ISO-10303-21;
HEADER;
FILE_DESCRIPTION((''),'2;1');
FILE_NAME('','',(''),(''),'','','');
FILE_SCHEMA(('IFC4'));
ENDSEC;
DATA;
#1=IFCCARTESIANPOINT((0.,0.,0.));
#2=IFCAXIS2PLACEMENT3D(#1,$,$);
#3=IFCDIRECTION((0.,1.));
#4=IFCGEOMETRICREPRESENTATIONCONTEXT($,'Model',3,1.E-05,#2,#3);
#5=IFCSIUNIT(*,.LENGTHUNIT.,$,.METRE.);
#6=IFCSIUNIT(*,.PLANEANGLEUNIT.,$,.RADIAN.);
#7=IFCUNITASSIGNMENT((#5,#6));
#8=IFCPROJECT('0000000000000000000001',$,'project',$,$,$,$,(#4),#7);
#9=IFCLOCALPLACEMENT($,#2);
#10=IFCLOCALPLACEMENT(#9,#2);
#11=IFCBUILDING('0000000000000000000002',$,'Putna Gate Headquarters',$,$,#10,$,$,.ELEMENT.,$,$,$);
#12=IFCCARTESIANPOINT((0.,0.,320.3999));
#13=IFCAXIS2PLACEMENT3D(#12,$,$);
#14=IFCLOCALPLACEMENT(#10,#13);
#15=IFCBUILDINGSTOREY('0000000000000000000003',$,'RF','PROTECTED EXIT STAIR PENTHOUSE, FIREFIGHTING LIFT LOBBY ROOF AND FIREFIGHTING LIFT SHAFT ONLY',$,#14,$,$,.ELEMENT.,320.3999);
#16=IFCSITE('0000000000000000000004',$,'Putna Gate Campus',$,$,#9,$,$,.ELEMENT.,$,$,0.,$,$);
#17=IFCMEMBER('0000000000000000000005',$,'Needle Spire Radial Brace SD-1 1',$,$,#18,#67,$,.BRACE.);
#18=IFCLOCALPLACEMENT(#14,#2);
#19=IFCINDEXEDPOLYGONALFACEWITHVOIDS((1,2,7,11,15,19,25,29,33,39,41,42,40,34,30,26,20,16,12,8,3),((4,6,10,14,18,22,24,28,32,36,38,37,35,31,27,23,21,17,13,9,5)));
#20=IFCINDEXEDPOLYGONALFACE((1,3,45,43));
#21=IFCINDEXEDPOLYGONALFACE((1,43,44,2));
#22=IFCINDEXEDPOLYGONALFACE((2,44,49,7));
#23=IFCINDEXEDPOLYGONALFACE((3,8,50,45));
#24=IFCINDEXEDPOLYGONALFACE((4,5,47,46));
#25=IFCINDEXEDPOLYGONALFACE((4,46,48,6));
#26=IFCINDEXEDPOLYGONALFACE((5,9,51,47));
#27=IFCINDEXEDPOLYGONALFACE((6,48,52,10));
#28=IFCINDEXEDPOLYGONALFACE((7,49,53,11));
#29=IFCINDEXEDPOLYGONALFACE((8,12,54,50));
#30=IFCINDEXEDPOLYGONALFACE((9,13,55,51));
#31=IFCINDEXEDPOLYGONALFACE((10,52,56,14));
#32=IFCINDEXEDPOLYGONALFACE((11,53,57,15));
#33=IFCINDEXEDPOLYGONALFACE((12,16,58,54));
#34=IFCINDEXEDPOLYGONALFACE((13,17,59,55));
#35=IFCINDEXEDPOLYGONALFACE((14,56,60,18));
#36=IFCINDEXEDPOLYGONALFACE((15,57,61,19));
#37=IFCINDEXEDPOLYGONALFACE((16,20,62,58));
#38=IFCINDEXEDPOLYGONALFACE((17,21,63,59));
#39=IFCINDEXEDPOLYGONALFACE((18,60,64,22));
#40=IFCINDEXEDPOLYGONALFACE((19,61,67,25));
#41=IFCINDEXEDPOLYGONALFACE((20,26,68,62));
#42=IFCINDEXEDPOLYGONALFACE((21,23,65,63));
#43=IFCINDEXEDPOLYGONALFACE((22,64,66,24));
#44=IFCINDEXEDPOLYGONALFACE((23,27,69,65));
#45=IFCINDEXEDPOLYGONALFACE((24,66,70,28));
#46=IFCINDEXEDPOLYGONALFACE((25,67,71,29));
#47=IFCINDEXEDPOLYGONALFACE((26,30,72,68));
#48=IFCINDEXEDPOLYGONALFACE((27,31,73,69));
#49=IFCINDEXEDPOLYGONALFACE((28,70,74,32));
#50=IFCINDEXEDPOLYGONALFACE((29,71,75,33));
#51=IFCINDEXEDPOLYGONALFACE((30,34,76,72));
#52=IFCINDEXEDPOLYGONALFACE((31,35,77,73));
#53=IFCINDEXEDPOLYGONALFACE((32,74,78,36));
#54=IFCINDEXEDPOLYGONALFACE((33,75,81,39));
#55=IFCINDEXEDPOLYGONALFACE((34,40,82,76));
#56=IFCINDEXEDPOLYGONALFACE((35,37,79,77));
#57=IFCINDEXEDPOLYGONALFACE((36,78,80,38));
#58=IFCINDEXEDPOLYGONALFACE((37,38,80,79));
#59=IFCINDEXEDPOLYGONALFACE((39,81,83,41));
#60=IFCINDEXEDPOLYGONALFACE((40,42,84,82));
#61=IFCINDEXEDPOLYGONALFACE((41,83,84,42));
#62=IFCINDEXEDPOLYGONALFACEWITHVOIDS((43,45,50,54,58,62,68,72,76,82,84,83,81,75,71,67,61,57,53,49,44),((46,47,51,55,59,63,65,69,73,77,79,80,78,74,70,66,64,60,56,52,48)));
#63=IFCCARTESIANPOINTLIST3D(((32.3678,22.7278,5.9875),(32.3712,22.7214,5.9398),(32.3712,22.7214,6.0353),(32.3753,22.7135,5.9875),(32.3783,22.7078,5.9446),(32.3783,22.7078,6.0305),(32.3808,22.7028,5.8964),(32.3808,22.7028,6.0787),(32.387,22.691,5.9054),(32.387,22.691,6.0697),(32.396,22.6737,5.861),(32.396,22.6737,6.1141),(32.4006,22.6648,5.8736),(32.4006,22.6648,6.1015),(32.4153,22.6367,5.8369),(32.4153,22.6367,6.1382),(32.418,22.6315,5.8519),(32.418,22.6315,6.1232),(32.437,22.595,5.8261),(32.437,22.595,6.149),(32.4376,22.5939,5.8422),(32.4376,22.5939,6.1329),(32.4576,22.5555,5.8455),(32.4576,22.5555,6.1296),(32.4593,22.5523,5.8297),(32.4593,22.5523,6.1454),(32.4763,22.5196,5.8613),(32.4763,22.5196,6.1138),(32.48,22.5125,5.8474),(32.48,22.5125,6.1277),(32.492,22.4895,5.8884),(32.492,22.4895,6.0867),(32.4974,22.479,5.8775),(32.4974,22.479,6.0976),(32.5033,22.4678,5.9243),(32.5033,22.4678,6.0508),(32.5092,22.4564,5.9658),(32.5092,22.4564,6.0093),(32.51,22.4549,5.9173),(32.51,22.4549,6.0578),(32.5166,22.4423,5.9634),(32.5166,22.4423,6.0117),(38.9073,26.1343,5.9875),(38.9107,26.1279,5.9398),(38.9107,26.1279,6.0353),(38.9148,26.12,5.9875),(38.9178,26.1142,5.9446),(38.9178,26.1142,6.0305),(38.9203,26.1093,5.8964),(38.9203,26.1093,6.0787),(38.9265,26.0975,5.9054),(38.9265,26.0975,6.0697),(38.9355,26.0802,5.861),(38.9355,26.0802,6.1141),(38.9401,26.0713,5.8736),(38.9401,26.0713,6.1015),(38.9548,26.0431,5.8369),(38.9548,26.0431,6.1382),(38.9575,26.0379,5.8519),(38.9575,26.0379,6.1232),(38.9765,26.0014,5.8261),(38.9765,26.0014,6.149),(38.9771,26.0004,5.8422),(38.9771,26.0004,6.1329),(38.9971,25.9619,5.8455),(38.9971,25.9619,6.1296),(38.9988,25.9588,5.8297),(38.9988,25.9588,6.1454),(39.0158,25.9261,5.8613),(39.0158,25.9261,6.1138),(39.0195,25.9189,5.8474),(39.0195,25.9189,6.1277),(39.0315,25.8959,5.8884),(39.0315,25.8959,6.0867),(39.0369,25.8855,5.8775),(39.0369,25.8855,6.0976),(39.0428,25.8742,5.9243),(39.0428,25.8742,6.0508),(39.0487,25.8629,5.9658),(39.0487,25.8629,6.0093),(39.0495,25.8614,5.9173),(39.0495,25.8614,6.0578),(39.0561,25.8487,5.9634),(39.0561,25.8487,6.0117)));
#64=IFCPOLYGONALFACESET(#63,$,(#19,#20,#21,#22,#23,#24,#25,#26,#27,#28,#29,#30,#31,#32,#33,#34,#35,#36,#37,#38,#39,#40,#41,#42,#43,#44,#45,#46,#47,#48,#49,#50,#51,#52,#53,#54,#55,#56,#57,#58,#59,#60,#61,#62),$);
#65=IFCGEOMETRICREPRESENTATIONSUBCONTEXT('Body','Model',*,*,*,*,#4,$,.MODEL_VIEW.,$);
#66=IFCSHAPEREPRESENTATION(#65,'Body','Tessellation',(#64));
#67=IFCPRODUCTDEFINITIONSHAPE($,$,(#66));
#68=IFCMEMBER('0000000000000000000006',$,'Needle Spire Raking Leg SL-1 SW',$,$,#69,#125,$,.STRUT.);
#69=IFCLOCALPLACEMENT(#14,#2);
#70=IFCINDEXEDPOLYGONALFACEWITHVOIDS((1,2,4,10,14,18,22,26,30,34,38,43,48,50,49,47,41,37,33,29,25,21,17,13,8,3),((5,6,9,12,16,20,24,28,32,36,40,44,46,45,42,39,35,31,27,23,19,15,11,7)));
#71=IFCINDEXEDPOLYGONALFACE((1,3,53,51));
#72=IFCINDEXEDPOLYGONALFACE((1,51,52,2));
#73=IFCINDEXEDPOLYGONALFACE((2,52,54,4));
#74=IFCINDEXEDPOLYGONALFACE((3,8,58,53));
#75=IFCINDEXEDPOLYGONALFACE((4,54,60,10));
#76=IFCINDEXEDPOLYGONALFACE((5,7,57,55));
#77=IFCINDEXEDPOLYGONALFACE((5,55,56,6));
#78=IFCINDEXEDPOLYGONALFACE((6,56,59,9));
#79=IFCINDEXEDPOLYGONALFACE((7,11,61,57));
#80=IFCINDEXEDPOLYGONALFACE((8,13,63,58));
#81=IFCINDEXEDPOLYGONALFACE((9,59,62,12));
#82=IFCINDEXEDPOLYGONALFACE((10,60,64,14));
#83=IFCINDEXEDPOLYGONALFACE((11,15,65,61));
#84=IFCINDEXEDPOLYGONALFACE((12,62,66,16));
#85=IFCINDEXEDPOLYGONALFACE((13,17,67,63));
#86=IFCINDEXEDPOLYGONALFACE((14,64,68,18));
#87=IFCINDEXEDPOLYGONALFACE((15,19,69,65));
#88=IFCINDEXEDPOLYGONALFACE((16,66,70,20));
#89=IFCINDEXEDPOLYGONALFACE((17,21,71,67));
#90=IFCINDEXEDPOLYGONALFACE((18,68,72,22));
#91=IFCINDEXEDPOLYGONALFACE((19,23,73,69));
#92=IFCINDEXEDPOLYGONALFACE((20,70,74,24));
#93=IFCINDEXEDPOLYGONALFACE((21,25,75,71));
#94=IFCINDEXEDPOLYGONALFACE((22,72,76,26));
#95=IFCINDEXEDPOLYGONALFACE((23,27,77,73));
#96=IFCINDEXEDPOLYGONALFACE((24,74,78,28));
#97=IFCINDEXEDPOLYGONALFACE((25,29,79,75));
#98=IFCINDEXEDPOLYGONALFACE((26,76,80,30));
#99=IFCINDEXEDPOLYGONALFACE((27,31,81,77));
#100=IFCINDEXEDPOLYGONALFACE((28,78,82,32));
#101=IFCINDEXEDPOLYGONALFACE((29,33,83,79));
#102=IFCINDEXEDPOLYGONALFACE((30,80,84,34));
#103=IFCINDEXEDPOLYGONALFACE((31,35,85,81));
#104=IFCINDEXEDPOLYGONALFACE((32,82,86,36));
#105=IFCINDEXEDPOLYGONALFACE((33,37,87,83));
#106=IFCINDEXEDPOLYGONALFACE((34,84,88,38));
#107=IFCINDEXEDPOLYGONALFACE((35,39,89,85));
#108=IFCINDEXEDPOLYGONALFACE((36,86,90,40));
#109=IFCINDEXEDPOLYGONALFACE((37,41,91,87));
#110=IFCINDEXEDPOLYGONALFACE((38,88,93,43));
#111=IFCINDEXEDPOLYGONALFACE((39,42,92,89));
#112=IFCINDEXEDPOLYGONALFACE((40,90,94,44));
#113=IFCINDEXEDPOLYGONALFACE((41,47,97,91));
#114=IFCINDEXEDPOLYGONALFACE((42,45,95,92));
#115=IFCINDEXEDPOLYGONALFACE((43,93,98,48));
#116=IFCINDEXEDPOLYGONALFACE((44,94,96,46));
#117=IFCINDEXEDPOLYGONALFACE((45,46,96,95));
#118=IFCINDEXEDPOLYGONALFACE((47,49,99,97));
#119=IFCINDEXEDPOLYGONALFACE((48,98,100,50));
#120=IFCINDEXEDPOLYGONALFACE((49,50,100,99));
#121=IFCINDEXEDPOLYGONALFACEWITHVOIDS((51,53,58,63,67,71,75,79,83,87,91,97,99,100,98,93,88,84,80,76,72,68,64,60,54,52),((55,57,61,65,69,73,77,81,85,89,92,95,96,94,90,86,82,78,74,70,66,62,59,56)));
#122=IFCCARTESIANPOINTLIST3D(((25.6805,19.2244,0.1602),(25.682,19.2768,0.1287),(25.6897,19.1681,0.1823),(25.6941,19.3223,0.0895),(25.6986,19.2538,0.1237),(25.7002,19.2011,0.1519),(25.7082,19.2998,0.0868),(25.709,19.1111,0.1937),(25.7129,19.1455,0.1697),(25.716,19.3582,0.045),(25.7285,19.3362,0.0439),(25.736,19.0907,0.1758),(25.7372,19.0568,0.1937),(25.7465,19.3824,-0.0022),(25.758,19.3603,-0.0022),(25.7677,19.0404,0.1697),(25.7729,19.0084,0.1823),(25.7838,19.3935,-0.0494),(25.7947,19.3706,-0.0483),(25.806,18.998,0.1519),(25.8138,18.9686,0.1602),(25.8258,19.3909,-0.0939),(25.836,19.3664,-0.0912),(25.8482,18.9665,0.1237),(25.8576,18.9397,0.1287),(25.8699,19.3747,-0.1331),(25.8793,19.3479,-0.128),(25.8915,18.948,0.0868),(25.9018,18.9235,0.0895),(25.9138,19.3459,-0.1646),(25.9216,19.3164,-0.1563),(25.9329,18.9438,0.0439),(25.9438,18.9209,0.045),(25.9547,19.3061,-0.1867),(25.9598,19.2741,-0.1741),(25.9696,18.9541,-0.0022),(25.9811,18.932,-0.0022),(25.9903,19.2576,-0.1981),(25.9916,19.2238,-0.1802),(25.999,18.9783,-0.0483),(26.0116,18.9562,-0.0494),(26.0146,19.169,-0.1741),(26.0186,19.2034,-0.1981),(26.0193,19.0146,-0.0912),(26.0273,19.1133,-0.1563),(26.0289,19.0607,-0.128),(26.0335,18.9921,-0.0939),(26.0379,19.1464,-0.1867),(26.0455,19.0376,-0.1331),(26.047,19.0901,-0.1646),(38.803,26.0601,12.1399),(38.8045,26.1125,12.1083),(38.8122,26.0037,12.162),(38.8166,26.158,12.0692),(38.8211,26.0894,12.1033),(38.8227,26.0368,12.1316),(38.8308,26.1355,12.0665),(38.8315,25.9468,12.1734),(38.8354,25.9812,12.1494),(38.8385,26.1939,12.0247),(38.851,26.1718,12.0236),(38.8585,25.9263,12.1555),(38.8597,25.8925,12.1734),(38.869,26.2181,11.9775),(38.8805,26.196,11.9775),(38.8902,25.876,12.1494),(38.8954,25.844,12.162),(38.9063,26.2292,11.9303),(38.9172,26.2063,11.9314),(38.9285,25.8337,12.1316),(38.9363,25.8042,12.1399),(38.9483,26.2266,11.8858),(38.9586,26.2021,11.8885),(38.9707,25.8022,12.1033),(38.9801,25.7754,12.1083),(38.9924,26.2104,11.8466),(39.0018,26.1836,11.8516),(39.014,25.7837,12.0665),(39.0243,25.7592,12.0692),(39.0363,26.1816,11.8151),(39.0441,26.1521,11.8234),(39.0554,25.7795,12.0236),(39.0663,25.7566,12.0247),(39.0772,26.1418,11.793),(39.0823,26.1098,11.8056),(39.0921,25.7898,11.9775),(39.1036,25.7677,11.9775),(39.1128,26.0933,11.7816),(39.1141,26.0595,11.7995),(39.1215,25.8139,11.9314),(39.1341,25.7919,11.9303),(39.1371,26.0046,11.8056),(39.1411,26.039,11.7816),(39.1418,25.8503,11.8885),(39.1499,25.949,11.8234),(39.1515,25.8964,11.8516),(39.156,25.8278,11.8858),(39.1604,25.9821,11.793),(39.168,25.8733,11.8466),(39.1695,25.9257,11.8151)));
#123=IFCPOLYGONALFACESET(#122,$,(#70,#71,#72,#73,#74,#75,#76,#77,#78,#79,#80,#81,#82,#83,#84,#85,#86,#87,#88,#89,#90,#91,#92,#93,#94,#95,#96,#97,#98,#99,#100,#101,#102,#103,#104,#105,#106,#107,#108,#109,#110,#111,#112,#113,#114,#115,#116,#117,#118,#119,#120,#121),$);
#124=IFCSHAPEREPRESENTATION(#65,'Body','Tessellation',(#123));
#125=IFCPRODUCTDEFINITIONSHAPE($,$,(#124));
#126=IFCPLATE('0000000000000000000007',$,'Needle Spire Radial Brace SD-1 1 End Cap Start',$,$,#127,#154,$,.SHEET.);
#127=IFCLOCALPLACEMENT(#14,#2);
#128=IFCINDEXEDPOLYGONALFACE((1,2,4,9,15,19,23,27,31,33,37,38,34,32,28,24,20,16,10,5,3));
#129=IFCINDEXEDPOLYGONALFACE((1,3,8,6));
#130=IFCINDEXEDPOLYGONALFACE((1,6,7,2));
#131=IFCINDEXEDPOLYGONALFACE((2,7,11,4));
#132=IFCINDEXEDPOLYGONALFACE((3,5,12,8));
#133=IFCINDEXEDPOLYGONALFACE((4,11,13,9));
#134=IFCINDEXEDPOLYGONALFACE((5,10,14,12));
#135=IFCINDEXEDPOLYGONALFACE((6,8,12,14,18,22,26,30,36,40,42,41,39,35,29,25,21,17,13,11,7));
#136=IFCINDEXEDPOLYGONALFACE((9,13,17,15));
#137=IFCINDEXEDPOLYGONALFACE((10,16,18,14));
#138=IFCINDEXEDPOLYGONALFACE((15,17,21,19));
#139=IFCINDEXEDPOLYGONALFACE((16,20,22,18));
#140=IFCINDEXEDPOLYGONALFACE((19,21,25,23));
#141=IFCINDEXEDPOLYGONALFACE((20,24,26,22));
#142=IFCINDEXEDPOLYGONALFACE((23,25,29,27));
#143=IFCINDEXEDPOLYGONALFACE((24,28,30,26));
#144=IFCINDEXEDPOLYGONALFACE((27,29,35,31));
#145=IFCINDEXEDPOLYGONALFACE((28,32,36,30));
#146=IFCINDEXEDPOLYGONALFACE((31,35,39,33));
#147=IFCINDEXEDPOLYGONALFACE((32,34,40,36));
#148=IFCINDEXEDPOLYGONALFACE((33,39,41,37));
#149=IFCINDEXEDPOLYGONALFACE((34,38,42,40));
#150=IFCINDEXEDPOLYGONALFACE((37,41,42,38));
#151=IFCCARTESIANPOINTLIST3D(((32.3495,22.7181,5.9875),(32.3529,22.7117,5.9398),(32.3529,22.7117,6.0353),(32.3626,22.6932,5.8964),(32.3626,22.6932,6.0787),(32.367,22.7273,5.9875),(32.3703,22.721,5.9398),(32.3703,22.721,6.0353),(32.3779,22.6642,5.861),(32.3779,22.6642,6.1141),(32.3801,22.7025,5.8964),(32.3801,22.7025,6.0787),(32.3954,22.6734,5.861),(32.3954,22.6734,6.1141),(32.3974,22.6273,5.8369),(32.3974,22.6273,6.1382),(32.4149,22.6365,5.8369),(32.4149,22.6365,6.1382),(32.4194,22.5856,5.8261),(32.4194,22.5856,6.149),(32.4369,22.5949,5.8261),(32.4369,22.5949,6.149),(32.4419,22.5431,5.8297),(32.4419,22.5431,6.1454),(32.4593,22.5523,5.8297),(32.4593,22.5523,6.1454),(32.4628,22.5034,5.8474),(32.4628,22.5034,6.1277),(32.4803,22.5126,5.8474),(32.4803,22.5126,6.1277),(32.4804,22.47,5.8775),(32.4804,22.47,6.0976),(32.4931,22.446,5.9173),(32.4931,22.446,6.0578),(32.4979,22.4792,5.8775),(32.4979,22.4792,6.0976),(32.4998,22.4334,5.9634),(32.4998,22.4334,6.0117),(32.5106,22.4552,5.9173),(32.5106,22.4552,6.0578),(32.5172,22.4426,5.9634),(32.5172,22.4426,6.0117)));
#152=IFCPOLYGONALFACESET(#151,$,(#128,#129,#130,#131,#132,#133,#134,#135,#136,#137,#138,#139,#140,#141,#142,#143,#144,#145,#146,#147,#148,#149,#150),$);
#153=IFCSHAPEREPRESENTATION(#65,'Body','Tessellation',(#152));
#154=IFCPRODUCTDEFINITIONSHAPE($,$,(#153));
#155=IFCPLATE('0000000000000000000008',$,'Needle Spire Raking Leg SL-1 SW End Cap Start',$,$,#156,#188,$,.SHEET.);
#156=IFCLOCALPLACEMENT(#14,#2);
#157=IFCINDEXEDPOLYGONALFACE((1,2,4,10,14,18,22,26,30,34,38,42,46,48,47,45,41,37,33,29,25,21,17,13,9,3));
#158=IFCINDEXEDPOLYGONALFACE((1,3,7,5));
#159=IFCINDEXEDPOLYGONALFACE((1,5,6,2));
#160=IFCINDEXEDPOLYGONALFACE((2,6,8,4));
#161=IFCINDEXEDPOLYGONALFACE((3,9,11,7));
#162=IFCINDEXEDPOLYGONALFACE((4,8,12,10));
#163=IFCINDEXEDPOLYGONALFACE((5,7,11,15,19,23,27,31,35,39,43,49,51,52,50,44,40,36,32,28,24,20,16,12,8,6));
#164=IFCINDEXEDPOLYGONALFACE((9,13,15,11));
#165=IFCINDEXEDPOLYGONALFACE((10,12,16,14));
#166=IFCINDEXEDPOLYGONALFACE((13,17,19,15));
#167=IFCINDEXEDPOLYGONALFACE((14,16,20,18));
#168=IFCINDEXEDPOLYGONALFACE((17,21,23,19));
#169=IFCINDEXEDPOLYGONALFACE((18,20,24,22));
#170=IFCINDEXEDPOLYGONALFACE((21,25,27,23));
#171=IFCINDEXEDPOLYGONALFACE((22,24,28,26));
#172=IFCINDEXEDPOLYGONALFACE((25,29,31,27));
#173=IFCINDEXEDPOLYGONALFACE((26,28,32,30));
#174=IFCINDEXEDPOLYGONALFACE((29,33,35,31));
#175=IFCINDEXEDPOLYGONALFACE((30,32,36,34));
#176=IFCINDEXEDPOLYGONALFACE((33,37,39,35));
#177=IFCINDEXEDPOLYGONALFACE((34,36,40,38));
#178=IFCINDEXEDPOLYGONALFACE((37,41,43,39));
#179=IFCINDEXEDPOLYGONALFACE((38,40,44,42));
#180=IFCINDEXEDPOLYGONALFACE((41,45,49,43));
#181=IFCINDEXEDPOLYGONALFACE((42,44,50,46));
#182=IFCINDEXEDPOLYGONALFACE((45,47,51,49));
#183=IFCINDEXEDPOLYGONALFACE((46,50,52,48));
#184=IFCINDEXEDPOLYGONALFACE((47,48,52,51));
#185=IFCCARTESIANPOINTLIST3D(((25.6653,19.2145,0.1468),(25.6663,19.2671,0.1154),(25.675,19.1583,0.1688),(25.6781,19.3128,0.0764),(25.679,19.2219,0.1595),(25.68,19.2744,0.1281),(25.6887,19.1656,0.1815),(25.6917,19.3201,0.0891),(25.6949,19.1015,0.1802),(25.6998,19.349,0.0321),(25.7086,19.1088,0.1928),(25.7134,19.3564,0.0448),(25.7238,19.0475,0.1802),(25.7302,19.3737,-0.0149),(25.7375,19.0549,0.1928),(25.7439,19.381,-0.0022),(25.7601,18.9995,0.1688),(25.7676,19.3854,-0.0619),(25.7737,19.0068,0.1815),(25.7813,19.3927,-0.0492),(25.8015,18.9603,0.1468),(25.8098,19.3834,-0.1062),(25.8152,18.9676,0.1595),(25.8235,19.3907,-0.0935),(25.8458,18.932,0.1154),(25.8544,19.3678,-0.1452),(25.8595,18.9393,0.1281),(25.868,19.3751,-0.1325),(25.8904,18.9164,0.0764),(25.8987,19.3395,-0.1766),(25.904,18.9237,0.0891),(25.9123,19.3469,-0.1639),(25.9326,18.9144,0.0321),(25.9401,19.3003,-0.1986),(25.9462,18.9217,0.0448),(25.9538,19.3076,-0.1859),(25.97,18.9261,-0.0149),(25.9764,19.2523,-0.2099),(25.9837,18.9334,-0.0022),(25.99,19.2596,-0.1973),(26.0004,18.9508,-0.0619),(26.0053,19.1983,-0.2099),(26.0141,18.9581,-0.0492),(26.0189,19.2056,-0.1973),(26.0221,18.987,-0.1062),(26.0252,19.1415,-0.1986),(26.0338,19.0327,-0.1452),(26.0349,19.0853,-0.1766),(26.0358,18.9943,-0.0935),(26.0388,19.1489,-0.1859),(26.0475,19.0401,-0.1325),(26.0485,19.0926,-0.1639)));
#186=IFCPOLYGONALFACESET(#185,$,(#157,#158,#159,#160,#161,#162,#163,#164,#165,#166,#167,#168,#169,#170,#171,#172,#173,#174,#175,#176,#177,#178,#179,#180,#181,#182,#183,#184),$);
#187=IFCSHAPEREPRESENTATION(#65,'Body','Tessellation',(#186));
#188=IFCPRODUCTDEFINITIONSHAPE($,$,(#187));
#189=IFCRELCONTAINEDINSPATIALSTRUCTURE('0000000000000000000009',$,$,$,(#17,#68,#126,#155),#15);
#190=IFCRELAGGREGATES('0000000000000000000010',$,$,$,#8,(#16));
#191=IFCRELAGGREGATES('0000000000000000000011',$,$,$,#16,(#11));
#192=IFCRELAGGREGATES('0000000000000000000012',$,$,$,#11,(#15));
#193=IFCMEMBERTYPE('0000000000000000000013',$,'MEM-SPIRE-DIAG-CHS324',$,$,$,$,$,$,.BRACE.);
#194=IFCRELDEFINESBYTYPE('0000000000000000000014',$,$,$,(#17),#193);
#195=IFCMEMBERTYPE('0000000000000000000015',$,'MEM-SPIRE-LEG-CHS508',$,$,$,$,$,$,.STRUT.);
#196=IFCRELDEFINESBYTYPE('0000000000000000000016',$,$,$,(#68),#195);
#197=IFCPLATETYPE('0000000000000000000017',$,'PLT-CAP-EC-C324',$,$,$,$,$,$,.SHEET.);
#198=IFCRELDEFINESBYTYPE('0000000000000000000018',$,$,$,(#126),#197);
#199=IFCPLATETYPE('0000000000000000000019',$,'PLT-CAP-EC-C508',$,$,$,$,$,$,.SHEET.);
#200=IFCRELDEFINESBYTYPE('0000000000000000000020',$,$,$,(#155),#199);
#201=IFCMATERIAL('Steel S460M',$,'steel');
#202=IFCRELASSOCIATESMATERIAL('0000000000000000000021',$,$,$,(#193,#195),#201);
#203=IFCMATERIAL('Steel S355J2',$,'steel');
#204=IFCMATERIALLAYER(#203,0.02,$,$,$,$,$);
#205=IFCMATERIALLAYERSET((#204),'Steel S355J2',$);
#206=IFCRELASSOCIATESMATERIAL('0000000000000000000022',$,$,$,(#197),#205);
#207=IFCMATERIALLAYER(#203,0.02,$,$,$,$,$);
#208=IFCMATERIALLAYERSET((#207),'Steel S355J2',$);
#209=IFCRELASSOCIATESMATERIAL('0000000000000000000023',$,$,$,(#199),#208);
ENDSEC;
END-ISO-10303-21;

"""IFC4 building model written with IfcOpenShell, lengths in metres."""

from ifc_helpers import new_model, si_unit, direction, frame, origin, origin_2d, place, context, subcontext, project, spatial, circle, hollow_circle, extrude, material, layer, layer_set, material_profile, profile_set, type_object, element, save


model = new_model("IFC4")

# Units and contexts
model_context = context("Model", 3, precision=1e-05, world=origin(), true_north=direction((0.0, 1.0)))
body_context = subcontext(model_context, "Body", "Model", "MODEL_VIEW")
ifc_project = project(units=[si_unit("LENGTHUNIT", "METRE"), si_unit("PLANEANGLEUNIT", "RADIAN")], contexts=[model_context])

# Site, building, storey
site_placement = place(None, origin())
site = spatial("IfcSite", under=ifc_project, at=site_placement, Name="Putna Gate Campus", CompositionType="ELEMENT", RefElevation=0.0)
building_placement = place(site_placement, origin())
building = spatial("IfcBuilding", under=site, at=building_placement, Name="Putna Gate Headquarters", CompositionType="ELEMENT")
storey_placement = place(building_placement, frame((0.0, 0.0, 320.3999)))
storey = spatial("IfcBuildingStorey", under=building, at=storey_placement, Name="RF", Description="PROTECTED EXIT STAIR PENTHOUSE, FIREFIGHTING LIFT LOBBY ROOF AND FIREFIGHTING LIFT SHAFT ONLY", CompositionType="ELEMENT", Elevation=320.3999)

# Members
ifc_material_1 = material(Name="Steel S460M", Category="steel")
ifc_material_profile_1 = material_profile(ifc_material_1, hollow_circle(Radius=0.1619, WallThickness=0.0161, at=origin_2d()), Name="Steel S460M")
ifc_profile_set_1 = profile_set([ifc_material_profile_1], Name="Steel S460M")
member_type_1 = type_object("IfcMemberType", Name="MEM-SPIRE-DIAG-CHS324", PredefinedType="BRACE", material=ifc_profile_set_1)
member_1_placement = place(storey_placement, frame((32.4426, 22.5842, 5.9875), z_axis=(0.886888, 0.461985, 0.0), x_axis=(-0.461985, 0.886888, 0.0)))
element("IfcMember", 1, at=member_1_placement, inside=storey, type_object=member_type_1, Name="Needle Spire Radial Brace SD-1 1", PredefinedType="BRACE", context=body_context, shape_type="SweptSolid", body=[
    extrude(hollow_circle(Radius=0.1619, WallThickness=0.0161, at=origin_2d()), origin(), (0.0, 0.0, 1.0), 7.3735),
])
ifc_material_profile_2 = material_profile(ifc_material_1, hollow_circle(Radius=0.2539, WallThickness=0.0249, at=origin_2d()), Name="Steel S460M")
ifc_profile_set_2 = profile_set([ifc_material_profile_2], Name="Steel S460M")
member_type_2 = type_object("IfcMemberType", Name="MEM-SPIRE-LEG-CHS508", PredefinedType="STRUT", material=ifc_profile_set_2)
member_2_placement = place(storey_placement, frame((25.8638, 19.1572, -0.0022), z_axis=(0.689285, 0.359057, 0.629257), x_axis=(-0.461989, 0.886886, 0.0)))
element("IfcMember", 2, at=member_2_placement, inside=storey, type_object=member_type_2, Name="Needle Spire Raking Leg SL-1 SW", PredefinedType="STRUT", context=body_context, shape_type="SweptSolid", body=[
    extrude(hollow_circle(Radius=0.2539, WallThickness=0.0249, at=origin_2d()), origin(), (0.0, 0.0, 1.0), 19.0378),
])

# Plates
ifc_material_2 = material(Name="Steel S355J2", Category="steel")
ifc_layer_1 = layer(ifc_material_2, 0.02)
ifc_layer_set_1 = layer_set([ifc_layer_1], Name="Steel S355J2")
plate_type_1 = type_object("IfcPlateType", Name="PLT-CAP-EC-C324", PredefinedType="SHEET", material=ifc_layer_set_1)
plate_1_placement = place(storey_placement, frame((32.425, 22.575, 5.9875), z_axis=(0.884385, 0.466759, 0.0), x_axis=(-0.466759, 0.884385, 0.0)))
element("IfcPlate", 3, at=plate_1_placement, inside=storey, type_object=plate_type_1, Name="Needle Spire Radial Brace SD-1 1 End Cap Start", PredefinedType="SHEET", context=body_context, shape_type="SweptSolid", body=[
    extrude(circle(Radius=0.1619, at=origin_2d()), origin(), (0.0, 0.0, 1.0), 0.0198),
])
ifc_layer_2 = layer(ifc_material_2, 0.02)
ifc_layer_set_2 = layer_set([ifc_layer_2], Name="Steel S355J2")
plate_type_2 = type_object("IfcPlateType", Name="PLT-CAP-EC-C508", PredefinedType="SHEET", material=ifc_layer_set_2)
plate_2_placement = place(storey_placement, frame((25.8501, 19.1499, -0.0149), z_axis=(0.682116, 0.365419, 0.633393), x_axis=(-0.472221, 0.88148, 0.0)))
element("IfcPlate", 4, at=plate_2_placement, inside=storey, type_object=plate_type_2, Name="Needle Spire Raking Leg SL-1 SW End Cap Start", PredefinedType="SHEET", context=body_context, shape_type="SweptSolid", body=[
    extrude(circle(Radius=0.2539, at=origin_2d()), origin(), (0.0, 0.0, 1.0), 0.02),
])

save(model, "model.ifc")
